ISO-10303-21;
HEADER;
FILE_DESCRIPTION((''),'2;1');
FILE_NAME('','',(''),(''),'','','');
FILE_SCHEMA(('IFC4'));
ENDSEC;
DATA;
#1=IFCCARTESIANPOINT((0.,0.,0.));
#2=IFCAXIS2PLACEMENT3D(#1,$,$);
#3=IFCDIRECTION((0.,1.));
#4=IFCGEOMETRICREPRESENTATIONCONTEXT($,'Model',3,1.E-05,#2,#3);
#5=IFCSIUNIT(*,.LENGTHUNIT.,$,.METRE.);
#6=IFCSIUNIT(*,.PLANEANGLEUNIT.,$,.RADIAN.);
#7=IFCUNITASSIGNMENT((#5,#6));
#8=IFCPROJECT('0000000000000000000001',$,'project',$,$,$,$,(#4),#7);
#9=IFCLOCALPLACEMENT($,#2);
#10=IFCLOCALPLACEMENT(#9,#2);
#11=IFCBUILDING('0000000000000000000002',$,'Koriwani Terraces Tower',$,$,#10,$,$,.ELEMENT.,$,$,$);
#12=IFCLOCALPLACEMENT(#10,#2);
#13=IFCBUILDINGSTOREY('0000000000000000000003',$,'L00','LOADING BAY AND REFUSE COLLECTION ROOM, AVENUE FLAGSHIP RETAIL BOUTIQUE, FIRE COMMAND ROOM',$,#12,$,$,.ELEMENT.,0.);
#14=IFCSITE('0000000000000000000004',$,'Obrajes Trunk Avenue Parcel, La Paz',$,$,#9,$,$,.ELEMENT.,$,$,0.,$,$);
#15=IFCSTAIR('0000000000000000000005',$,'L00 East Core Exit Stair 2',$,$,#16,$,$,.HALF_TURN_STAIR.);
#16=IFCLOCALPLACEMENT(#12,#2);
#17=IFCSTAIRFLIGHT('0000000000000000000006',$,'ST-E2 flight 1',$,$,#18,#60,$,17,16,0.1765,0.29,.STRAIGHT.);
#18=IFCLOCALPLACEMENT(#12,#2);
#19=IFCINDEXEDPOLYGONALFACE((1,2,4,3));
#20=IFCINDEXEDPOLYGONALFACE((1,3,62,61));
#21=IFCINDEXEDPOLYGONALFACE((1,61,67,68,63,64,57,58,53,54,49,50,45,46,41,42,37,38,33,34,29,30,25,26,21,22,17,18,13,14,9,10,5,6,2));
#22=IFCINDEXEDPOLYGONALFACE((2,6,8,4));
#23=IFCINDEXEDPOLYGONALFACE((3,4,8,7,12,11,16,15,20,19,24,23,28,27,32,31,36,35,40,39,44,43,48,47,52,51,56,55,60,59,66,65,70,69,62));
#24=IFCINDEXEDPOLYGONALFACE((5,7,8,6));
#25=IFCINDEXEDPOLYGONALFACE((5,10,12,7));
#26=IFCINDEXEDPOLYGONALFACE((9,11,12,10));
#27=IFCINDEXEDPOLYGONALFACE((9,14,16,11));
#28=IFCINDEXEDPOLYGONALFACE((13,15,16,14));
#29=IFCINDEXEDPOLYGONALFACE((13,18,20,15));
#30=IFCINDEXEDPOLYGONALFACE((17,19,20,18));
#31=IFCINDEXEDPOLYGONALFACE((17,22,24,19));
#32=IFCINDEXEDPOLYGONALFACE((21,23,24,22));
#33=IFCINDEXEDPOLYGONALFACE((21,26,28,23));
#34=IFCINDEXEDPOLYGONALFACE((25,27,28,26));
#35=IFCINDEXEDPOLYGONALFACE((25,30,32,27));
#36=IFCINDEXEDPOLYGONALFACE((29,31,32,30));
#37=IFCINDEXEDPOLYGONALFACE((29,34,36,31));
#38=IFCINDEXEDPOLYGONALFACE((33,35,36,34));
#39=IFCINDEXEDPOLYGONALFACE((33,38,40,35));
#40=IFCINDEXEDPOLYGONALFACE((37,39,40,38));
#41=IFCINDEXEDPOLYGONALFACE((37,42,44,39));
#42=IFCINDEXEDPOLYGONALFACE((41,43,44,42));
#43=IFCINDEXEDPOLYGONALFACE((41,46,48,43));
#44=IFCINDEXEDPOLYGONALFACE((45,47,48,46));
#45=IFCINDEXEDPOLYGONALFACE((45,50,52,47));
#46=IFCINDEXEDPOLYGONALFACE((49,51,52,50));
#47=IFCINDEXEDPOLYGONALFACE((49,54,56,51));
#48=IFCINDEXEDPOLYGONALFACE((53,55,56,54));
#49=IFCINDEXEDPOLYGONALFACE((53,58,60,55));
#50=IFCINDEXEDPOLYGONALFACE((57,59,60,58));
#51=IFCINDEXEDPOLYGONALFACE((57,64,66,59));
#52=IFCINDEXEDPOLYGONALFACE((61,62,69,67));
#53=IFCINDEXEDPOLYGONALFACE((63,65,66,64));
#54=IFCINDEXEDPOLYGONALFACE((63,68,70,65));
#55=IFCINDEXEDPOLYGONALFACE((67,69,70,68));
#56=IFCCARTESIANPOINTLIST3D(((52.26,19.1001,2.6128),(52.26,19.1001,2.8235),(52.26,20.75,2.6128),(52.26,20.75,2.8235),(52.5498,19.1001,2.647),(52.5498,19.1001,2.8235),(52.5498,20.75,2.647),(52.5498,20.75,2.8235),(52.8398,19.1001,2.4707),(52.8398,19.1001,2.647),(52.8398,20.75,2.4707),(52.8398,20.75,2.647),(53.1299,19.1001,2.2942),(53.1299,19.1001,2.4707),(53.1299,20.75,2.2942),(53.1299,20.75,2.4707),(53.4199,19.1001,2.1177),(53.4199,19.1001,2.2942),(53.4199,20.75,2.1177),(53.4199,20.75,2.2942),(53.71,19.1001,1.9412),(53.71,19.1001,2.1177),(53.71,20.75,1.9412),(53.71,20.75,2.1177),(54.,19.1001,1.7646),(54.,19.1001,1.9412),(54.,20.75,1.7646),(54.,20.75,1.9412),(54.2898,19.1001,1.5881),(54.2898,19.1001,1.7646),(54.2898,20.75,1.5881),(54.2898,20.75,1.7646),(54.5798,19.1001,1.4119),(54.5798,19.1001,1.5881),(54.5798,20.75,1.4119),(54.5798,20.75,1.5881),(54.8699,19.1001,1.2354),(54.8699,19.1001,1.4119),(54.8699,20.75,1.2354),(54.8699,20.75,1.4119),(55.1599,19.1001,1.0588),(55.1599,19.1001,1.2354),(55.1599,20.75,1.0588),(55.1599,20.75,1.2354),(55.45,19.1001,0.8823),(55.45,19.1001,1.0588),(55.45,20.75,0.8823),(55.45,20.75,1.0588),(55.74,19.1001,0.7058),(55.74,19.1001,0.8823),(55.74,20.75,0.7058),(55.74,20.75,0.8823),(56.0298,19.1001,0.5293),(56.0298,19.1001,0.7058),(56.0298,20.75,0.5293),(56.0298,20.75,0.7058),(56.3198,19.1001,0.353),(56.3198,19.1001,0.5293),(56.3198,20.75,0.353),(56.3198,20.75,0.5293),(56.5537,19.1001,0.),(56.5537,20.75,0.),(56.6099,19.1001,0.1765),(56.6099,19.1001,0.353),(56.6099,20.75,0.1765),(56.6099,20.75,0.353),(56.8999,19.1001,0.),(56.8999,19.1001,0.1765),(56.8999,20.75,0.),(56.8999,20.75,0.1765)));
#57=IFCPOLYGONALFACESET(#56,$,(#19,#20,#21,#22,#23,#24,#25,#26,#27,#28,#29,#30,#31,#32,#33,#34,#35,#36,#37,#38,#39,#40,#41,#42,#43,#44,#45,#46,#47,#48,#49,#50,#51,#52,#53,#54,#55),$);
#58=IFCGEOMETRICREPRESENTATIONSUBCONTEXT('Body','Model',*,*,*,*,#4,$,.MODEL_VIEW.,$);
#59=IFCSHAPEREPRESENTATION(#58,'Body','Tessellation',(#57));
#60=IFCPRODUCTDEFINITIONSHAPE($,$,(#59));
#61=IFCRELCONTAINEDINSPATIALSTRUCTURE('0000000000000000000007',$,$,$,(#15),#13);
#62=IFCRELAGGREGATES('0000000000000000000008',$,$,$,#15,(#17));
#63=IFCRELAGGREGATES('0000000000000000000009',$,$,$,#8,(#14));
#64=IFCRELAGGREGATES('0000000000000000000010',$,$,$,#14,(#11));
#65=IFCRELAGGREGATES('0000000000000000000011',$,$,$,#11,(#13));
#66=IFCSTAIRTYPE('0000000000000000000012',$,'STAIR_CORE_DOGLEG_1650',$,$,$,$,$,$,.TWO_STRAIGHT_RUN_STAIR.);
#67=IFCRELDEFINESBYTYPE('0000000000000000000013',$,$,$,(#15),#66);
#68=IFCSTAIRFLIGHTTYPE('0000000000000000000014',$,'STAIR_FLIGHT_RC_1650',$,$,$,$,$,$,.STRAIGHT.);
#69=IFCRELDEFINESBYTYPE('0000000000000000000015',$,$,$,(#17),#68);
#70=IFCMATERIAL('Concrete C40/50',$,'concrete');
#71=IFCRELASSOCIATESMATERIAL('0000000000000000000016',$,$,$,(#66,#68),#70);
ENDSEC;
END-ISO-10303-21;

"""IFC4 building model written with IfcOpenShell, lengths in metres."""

from ifc_helpers import new_model, si_unit, direction, frame, origin, place, context, subcontext, project, spatial, polyline, outline, extrude, material, type_object, element, aggregate, save


model = new_model("IFC4")

# Units and contexts
model_context = context("Model", 3, precision=1e-05, world=origin(), true_north=direction((0.0, 1.0)))
body_context = subcontext(model_context, "Body", "Model", "MODEL_VIEW")
ifc_project = project(units=[si_unit("LENGTHUNIT", "METRE"), si_unit("PLANEANGLEUNIT", "RADIAN")], contexts=[model_context])

# Site, building, storey
site_placement = place(None, origin())
site = spatial("IfcSite", under=ifc_project, at=site_placement, Name="Obrajes Trunk Avenue Parcel, La Paz", CompositionType="ELEMENT", RefElevation=0.0)
building_placement = place(site_placement, origin())
building = spatial("IfcBuilding", under=site, at=building_placement, Name="Koriwani Terraces Tower", CompositionType="ELEMENT")
storey_placement = place(building_placement, origin())
storey = spatial("IfcBuildingStorey", under=building, at=storey_placement, Name="L00", Description="LOADING BAY AND REFUSE COLLECTION ROOM, AVENUE FLAGSHIP RETAIL BOUTIQUE, FIRE COMMAND ROOM", CompositionType="ELEMENT", Elevation=0.0)

# Shared definitions
ifc_material_1 = material(Name="Concrete C40/50", Category="concrete")

# Stair, stair flight
stair_type = type_object("IfcStairType", Name="STAIR_CORE_DOGLEG_1650", PredefinedType="TWO_STRAIGHT_RUN_STAIR", material=ifc_material_1)
stair_placement = place(storey_placement, origin())
stair = element("IfcStair", 1, at=stair_placement, inside=storey, type_object=stair_type, Name="L00 East Core Exit Stair 2", PredefinedType="HALF_TURN_STAIR")
stair_flight_type = type_object("IfcStairFlightType", Name="STAIR_FLIGHT_RC_1650", PredefinedType="STRAIGHT", material=ifc_material_1)
stair_flight_placement = place(storey_placement, frame((56.8999, 19.925, 0.0), z_axis=(0.0, 0.0, 1.0), x_axis=(-1.0, 0.0, 0.0)))
stair_flight = element("IfcStairFlight", 2, at=stair_flight_placement, type_object=stair_flight_type, Name="ST-E2 flight 1", NumberOfRisers=17, NumberOfTreads=16, PredefinedType="STRAIGHT", RiserHeight=0.1765, TreadLength=0.29, context=body_context, shape_type="SweptSolid", body=[
    extrude(outline(polyline([(0.0, 0.0), (0.0, 0.1765), (0.29, 0.1765), (0.29, 0.353), (0.5801, 0.353), (0.5801, 0.5293), (0.8701, 0.5293), (0.8701, 0.7058), (1.1599, 0.7058), (1.1599, 0.8823), (1.45, 0.8823), (1.45, 1.0588), (1.74, 1.0588), (1.74, 1.2354), (2.03, 1.2354), (2.03, 1.4119), (2.3201, 1.4119), (2.3201, 1.5881), (2.6101, 1.5881), (2.6101, 1.7646), (2.8999, 1.7646), (2.8999, 1.9412), (3.1899, 1.9412), (3.1899, 2.1177), (3.48, 2.1177), (3.48, 2.2942), (3.77, 2.2942), (3.77, 2.4707), (4.0601, 2.4707), (4.0601, 2.647), (4.3501, 2.647), (4.3501, 2.8235), (4.6399, 2.8235), (4.6399, 3.0), (4.6399, 2.6128), (0.3462, 0.0), (0.0, 0.0)])), frame((0.0, 0.825, 0.0), z_axis=(0.0, -1.0, 0.0), x_axis=(1.0, 0.0, 0.0)), (0.0, 0.0, 1.0), 1.6499),
])
aggregate(stair, [stair_flight])

save(model, "model.ifc")
